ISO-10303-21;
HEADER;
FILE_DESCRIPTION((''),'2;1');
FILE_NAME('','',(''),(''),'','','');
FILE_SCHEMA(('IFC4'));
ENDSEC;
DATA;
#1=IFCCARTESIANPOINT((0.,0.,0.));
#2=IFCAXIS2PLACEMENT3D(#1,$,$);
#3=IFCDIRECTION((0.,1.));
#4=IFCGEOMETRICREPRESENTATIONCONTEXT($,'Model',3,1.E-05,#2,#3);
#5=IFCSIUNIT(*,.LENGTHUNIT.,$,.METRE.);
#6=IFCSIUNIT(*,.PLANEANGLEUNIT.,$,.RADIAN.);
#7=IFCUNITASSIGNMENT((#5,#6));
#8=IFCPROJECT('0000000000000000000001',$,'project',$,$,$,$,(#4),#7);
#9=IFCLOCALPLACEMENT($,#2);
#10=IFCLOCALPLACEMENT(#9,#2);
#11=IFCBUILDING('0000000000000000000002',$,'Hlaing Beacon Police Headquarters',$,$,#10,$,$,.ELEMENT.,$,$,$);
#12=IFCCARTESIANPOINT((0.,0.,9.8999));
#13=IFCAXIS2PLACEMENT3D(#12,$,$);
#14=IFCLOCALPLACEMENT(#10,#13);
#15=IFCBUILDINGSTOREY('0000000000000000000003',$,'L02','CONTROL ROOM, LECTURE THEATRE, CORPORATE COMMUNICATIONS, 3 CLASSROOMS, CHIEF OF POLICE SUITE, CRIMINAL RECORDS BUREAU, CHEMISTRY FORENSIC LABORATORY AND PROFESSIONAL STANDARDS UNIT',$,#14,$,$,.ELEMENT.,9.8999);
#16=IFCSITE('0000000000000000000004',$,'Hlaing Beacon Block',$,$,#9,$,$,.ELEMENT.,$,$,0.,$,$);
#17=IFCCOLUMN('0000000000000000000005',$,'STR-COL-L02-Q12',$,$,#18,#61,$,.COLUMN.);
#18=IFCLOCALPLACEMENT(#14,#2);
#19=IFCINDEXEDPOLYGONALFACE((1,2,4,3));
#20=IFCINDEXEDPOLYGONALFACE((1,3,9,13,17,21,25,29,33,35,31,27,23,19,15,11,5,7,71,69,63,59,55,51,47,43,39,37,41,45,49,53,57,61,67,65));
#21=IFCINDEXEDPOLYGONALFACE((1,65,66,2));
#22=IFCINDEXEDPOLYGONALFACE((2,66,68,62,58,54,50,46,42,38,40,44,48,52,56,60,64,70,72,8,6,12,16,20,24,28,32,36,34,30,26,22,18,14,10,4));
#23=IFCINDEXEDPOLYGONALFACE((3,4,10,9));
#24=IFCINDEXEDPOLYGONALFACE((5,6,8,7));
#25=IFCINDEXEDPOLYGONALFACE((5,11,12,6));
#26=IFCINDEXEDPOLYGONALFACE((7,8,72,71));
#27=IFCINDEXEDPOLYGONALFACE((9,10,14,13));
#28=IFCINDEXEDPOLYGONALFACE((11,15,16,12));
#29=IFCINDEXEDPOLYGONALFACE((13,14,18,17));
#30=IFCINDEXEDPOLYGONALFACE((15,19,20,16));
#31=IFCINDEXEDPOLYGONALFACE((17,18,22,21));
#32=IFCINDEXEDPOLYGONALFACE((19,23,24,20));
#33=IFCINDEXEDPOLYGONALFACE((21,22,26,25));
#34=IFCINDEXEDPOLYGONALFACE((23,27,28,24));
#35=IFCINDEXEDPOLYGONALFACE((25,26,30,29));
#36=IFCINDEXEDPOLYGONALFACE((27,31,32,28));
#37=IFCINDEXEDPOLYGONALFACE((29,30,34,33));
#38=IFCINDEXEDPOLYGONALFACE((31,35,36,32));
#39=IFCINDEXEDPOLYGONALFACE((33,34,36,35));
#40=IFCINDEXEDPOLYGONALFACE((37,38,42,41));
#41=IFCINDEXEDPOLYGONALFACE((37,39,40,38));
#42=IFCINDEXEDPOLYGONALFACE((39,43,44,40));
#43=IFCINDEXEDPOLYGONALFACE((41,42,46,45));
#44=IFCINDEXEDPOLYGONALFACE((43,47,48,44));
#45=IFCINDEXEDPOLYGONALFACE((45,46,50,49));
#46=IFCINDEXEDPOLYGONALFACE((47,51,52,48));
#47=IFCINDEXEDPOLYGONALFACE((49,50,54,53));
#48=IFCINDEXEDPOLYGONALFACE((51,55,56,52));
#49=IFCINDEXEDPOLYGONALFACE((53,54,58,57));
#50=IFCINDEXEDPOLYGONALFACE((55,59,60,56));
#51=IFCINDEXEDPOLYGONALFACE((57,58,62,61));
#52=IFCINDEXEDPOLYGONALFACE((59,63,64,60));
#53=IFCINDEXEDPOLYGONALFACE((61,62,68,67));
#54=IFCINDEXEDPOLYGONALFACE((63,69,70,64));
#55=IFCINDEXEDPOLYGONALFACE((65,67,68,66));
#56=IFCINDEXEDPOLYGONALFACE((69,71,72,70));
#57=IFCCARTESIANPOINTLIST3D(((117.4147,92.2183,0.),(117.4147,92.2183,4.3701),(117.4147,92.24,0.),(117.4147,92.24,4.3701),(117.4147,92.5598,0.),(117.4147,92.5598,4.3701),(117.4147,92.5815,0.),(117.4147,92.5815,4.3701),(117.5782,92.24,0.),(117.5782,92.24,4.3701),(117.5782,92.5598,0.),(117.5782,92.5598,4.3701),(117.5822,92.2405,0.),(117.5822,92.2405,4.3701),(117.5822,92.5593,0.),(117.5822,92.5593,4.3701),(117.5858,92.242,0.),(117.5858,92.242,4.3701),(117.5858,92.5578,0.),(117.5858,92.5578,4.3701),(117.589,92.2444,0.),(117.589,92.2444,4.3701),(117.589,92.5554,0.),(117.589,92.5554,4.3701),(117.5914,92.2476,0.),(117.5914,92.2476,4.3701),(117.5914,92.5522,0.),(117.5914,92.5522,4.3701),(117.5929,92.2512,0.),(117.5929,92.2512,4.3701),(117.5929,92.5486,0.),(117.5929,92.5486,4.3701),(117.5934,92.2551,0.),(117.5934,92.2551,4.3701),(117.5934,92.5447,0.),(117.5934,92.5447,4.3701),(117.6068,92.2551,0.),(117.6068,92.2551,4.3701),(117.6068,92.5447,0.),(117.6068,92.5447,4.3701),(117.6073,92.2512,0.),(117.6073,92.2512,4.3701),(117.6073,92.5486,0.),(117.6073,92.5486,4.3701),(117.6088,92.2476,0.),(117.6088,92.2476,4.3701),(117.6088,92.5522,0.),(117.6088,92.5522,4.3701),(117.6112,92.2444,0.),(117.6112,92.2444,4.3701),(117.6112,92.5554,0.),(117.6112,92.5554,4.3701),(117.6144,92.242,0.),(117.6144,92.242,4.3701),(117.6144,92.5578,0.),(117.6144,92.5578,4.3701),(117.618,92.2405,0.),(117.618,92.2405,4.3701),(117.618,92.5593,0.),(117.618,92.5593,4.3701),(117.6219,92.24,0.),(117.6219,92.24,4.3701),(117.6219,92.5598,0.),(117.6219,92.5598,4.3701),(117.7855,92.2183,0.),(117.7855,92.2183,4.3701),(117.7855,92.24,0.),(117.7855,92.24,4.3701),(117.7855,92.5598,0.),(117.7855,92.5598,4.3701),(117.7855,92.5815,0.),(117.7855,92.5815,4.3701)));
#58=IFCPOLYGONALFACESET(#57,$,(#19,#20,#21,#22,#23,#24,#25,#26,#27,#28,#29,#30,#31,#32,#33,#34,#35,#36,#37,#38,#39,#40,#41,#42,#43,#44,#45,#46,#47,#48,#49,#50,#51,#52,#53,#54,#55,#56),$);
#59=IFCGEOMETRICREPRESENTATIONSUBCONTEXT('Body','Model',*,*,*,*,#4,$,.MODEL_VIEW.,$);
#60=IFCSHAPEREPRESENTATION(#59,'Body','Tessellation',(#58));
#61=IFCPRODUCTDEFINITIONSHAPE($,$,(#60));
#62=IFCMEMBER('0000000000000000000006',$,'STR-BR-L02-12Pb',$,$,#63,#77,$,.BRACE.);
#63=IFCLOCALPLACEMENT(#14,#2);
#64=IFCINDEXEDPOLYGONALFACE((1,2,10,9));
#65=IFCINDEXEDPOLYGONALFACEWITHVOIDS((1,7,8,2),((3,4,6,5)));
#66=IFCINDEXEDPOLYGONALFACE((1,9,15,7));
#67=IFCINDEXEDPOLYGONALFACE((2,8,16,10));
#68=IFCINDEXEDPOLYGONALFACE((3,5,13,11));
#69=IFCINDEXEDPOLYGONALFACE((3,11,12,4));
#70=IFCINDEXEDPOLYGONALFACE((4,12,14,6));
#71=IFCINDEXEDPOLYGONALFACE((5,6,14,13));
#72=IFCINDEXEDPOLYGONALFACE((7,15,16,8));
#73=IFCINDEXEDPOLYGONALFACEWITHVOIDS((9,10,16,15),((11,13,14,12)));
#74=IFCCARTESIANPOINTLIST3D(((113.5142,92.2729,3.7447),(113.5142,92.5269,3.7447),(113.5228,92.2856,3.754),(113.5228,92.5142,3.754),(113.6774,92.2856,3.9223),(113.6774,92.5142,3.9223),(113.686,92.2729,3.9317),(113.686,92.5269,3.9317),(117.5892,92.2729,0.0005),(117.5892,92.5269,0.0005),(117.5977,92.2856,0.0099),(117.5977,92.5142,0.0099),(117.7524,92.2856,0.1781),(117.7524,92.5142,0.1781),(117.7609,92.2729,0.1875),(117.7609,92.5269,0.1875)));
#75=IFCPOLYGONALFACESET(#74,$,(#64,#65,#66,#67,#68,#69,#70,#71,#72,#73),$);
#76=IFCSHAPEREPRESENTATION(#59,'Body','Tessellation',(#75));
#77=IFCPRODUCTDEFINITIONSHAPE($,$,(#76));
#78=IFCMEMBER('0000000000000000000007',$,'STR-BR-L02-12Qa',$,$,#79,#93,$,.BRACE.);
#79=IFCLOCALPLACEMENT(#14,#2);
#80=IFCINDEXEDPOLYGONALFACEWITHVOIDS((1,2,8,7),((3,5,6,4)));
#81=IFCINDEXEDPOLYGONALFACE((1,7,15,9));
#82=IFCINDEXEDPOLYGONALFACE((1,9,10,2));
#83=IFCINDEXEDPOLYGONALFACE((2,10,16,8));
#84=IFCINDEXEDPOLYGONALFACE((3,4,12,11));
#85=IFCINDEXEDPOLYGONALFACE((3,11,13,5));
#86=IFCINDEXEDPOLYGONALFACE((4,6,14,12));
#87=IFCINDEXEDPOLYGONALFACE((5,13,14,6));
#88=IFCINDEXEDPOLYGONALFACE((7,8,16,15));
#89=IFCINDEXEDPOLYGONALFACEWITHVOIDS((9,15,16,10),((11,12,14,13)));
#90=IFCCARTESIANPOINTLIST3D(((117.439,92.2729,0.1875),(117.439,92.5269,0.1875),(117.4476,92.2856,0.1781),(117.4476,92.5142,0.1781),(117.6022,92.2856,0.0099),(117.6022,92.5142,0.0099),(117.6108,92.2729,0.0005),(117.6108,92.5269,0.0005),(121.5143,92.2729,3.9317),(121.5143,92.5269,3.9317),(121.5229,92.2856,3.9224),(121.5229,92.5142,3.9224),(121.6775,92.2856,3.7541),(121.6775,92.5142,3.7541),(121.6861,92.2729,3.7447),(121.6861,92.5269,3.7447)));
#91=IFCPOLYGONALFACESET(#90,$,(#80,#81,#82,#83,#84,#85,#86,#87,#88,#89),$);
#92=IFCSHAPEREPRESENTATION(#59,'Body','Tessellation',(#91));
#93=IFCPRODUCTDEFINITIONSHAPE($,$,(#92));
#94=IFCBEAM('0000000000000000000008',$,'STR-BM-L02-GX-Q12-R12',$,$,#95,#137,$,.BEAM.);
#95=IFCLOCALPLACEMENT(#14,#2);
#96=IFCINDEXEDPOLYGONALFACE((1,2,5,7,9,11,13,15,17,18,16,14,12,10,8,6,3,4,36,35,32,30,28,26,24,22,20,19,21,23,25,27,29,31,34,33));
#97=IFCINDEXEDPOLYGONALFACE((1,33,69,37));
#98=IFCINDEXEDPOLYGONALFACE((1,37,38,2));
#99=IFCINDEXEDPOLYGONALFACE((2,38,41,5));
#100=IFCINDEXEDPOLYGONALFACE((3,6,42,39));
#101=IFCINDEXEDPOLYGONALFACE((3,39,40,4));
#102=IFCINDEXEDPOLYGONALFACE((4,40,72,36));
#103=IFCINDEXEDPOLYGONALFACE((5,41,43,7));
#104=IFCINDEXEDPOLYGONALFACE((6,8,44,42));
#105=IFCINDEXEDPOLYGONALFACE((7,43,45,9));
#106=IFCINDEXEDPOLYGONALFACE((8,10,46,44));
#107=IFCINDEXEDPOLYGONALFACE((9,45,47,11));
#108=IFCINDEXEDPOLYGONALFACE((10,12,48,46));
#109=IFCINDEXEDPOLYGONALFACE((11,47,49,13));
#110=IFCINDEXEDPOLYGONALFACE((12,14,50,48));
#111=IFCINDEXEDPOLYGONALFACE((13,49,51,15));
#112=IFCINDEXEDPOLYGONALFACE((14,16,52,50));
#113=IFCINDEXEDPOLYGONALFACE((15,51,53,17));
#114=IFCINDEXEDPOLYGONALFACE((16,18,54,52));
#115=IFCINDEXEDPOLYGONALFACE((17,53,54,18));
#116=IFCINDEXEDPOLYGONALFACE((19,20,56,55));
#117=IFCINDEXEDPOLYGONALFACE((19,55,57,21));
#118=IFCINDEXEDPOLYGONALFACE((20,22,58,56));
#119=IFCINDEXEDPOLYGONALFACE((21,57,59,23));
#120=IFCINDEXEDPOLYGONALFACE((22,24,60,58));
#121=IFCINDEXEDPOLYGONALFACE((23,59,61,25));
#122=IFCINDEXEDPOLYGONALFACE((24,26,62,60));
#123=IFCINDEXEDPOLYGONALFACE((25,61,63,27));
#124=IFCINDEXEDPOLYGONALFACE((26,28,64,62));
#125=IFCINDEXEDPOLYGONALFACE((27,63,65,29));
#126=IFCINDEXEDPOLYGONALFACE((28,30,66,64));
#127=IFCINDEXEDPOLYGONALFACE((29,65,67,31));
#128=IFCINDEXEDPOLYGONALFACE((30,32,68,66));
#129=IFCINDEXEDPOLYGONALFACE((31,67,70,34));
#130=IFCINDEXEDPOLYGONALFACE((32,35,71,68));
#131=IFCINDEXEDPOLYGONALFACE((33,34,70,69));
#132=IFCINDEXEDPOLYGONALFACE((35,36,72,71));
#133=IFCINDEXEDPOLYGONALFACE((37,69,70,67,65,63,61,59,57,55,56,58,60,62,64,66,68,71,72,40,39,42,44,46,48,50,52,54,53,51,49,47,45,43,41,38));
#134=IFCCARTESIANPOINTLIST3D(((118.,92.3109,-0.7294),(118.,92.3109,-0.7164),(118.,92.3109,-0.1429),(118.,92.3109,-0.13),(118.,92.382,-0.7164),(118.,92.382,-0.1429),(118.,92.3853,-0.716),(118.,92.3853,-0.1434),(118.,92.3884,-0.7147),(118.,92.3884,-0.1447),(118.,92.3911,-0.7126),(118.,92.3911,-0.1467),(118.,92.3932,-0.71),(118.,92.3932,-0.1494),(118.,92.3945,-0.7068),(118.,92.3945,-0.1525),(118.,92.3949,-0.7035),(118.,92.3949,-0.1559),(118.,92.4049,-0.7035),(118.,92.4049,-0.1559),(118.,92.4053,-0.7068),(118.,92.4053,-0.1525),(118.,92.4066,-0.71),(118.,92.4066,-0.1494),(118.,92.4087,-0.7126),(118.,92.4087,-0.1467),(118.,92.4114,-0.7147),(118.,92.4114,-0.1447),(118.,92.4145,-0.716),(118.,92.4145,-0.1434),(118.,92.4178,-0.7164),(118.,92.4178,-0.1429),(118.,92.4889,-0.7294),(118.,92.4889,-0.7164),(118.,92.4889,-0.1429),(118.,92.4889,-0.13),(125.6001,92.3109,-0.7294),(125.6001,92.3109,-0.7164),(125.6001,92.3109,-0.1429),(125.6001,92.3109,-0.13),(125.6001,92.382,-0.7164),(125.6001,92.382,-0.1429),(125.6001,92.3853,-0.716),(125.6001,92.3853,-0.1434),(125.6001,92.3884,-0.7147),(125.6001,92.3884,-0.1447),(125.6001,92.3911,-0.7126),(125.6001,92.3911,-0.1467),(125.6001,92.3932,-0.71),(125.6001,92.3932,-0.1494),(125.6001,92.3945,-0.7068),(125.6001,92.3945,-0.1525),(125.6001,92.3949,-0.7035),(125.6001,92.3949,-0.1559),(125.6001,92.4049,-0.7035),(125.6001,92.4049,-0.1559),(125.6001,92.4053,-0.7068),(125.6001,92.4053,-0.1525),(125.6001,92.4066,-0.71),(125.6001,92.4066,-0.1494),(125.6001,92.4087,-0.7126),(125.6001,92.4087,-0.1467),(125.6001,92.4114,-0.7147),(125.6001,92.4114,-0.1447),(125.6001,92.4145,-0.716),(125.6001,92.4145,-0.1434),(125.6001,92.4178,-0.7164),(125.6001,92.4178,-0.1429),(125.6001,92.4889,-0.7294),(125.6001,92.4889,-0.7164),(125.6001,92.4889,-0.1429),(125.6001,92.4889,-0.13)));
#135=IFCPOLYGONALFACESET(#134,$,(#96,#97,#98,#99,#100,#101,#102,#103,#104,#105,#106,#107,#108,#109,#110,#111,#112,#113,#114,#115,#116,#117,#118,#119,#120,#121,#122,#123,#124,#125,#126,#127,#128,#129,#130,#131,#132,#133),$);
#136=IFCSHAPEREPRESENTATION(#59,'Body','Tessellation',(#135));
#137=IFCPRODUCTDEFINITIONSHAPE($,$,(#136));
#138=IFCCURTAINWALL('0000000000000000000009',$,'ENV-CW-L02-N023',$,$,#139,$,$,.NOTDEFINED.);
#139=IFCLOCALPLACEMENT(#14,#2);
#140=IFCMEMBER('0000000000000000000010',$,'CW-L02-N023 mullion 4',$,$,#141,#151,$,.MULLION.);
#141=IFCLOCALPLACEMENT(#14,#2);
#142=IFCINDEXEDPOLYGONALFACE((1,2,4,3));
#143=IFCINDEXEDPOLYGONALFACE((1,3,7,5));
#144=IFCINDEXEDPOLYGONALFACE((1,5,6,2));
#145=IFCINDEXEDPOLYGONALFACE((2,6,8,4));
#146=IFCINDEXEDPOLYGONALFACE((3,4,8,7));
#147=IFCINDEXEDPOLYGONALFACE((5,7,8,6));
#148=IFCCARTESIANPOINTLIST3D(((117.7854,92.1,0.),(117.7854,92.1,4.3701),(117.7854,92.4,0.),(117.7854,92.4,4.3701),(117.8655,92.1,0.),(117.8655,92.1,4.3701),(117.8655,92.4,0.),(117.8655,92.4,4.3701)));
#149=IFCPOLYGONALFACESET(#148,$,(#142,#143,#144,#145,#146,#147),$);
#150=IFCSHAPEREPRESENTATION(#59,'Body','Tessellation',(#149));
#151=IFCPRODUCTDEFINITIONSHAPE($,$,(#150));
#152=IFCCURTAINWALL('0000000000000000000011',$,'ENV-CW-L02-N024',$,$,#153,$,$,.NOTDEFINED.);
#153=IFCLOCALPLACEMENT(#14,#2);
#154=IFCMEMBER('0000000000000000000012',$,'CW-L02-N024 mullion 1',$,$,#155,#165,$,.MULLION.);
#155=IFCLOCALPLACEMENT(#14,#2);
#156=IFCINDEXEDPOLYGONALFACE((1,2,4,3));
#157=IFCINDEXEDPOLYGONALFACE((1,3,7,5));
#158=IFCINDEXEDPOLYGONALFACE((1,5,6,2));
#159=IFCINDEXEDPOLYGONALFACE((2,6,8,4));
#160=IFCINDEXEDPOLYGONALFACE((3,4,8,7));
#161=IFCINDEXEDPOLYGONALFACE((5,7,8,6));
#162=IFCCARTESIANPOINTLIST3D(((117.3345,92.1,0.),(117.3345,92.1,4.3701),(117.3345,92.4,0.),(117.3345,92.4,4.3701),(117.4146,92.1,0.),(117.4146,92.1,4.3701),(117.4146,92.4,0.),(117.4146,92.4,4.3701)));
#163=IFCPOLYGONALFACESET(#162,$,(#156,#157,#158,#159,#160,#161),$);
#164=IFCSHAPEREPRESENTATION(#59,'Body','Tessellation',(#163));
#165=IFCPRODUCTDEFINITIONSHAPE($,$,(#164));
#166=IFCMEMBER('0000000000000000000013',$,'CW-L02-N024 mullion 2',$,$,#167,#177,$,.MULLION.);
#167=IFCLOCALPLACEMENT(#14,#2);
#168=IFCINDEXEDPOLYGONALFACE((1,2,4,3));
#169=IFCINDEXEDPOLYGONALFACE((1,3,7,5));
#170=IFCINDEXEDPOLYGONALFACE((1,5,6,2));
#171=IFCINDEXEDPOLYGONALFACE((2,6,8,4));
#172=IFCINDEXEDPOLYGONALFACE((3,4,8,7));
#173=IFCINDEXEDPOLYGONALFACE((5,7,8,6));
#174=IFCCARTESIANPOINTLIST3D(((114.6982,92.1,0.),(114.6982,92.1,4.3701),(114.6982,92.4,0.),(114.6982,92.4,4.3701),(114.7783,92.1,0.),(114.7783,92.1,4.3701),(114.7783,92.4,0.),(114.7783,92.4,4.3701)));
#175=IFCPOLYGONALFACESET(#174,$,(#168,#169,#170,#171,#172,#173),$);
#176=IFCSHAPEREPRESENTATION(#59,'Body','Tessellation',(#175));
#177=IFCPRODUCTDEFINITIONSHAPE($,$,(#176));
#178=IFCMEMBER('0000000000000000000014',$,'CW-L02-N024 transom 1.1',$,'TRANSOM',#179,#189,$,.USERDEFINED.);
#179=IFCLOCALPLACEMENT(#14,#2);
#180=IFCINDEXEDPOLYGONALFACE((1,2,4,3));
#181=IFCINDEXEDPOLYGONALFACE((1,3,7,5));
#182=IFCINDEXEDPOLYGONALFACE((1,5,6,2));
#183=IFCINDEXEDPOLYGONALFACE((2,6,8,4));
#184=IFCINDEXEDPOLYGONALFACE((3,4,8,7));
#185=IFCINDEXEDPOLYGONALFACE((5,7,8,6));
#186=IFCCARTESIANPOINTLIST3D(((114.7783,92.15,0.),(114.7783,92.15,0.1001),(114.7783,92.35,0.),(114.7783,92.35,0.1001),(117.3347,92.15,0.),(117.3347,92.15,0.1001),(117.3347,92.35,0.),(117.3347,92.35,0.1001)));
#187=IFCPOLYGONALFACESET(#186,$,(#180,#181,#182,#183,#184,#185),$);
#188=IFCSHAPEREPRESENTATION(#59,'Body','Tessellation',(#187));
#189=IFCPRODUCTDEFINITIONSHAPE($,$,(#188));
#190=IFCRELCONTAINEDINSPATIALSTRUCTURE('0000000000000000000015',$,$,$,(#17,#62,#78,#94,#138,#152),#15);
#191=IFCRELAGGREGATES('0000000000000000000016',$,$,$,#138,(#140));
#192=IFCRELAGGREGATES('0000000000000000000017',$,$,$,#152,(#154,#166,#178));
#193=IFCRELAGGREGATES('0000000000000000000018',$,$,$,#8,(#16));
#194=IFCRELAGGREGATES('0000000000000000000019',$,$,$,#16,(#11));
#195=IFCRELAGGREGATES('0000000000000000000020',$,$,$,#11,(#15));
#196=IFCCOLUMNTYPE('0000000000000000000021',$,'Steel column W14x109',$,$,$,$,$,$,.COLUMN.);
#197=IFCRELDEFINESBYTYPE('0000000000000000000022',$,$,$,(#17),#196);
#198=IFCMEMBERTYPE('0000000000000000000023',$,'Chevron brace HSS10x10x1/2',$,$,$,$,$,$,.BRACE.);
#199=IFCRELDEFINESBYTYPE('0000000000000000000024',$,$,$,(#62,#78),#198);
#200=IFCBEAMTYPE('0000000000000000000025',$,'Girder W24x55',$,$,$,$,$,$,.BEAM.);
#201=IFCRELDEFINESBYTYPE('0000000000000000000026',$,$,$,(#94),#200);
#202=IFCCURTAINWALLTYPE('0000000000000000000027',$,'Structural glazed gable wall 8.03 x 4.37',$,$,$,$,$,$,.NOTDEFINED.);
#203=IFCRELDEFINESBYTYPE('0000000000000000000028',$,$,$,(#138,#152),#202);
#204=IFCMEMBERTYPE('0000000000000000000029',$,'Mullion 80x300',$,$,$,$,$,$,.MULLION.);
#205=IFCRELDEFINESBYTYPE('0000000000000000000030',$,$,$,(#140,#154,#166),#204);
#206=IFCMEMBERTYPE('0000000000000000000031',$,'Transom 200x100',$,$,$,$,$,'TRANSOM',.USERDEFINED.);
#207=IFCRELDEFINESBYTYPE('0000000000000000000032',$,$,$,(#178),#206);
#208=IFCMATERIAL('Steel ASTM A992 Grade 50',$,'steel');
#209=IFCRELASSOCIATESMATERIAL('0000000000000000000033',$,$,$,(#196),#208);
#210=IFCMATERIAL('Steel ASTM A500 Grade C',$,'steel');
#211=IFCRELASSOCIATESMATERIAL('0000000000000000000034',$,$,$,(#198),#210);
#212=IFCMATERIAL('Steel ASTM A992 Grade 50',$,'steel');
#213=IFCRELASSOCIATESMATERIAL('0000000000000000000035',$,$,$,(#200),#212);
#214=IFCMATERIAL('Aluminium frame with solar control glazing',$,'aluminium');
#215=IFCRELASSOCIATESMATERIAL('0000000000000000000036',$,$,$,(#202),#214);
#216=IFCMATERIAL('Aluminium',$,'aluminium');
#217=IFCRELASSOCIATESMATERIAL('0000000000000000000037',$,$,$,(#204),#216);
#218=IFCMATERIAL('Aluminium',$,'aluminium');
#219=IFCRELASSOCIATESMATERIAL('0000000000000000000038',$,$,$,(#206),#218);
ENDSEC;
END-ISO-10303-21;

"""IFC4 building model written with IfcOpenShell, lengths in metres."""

from ifc_helpers import new_model, si_unit, direction, frame, origin, origin_2d, place, context, subcontext, project, spatial, rectangle, hollow_rectangle, i_section, extrude, material, material_profile, profile_set, type_object, element, aggregate, save


model = new_model("IFC4")

# Units and contexts
model_context = context("Model", 3, precision=1e-05, world=origin(), true_north=direction((0.0, 1.0)))
body_context = subcontext(model_context, "Body", "Model", "MODEL_VIEW")
ifc_project = project(units=[si_unit("LENGTHUNIT", "METRE"), si_unit("PLANEANGLEUNIT", "RADIAN")], contexts=[model_context])

# Site, building, storey
site_placement = place(None, origin())
site = spatial("IfcSite", under=ifc_project, at=site_placement, Name="Hlaing Beacon Block", CompositionType="ELEMENT", RefElevation=0.0)
building_placement = place(site_placement, origin())
building = spatial("IfcBuilding", under=site, at=building_placement, Name="Hlaing Beacon Police Headquarters", CompositionType="ELEMENT")
storey_placement = place(building_placement, frame((0.0, 0.0, 9.8999)))
storey = spatial("IfcBuildingStorey", under=building, at=storey_placement, Name="L02", Description="CONTROL ROOM, LECTURE THEATRE, CORPORATE COMMUNICATIONS, 3 CLASSROOMS, CHIEF OF POLICE SUITE, CRIMINAL RECORDS BUREAU, CHEMISTRY FORENSIC LABORATORY AND PROFESSIONAL STANDARDS UNIT", CompositionType="ELEMENT", Elevation=9.8999)

# Column
ifc_material_1 = material(Name="Steel ASTM A992 Grade 50", Category="steel")
ifc_material_profile_1 = material_profile(ifc_material_1, i_section(OverallWidth=0.3708, OverallDepth=0.3633, WebThickness=0.0134, FlangeThickness=0.0217, FilletRadius=0.0151, at=origin_2d()), Name="W14x109")
ifc_profile_set_1 = profile_set([ifc_material_profile_1], Name="Steel ASTM A992 Grade 50")
column_type = type_object("IfcColumnType", Name="Steel column W14x109", PredefinedType="COLUMN", material=ifc_profile_set_1)
column_placement = place(storey_placement, frame((117.6001, 92.3999, 0.0), z_axis=(0.0, 0.0, 1.0), x_axis=(1.0, 0.0, 0.0)))
element("IfcColumn", 1, at=column_placement, inside=storey, type_object=column_type, Name="STR-COL-L02-Q12", PredefinedType="COLUMN", context=body_context, shape_type="SweptSolid", body=[
    extrude(i_section(OverallWidth=0.3708, OverallDepth=0.3633, WebThickness=0.0134, FlangeThickness=0.0217, FilletRadius=0.0151, at=origin_2d()), origin(), (0.0, 0.0, 1.0), 4.3701),
])

# Members
ifc_material_2 = material(Name="Steel ASTM A500 Grade C", Category="steel")
ifc_material_profile_2 = material_profile(ifc_material_2, hollow_rectangle(XDim=0.2539, YDim=0.2539, WallThickness=0.0127, at=origin_2d()), Name="HSS10x10x1/2")
ifc_profile_set_2 = profile_set([ifc_material_profile_2], Name="Steel ASTM A500 Grade C")
member_type_1 = type_object("IfcMemberType", Name="Chevron brace HSS10x10x1/2", PredefinedType="BRACE", material=ifc_profile_set_2)
member_1_placement = place(storey_placement, frame((117.675, 92.3999, 0.094), z_axis=(-0.736364, 0.0, 0.676585), x_axis=(0.0, -1.0, 0.0)))
element("IfcMember", 2, at=member_1_placement, inside=storey, type_object=member_type_1, Name="STR-BR-L02-12Pb", PredefinedType="BRACE", context=body_context, shape_type="SweptSolid", body=[
    extrude(hollow_rectangle(XDim=0.2539, YDim=0.2539, WallThickness=0.0127, at=origin_2d()), origin(), (0.0, 0.0, 1.0), 5.5339),
])
member_2_placement = place(storey_placement, frame((117.5249, 92.3999, 0.094), z_axis=(0.736385, 0.0, 0.676563), x_axis=(0.0, 1.0, 0.0)))
element("IfcMember", 3, at=member_2_placement, inside=storey, type_object=member_type_1, Name="STR-BR-L02-12Qa", PredefinedType="BRACE", context=body_context, shape_type="SweptSolid", body=[
    extrude(hollow_rectangle(XDim=0.2539, YDim=0.2539, WallThickness=0.0127, at=origin_2d()), origin(), (0.0, 0.0, 1.0), 5.5342),
])

# Beam
ifc_material_3 = material(Name="Steel ASTM A992 Grade 50", Category="steel")
ifc_material_profile_3 = material_profile(ifc_material_3, i_section(OverallWidth=0.178, OverallDepth=0.5994, WebThickness=0.01, FlangeThickness=0.0129, FilletRadius=0.0129, at=origin_2d()), Name="W24x55")
ifc_profile_set_3 = profile_set([ifc_material_profile_3], Name="Steel ASTM A992 Grade 50")
beam_type = type_object("IfcBeamType", Name="Girder W24x55", PredefinedType="BEAM", material=ifc_profile_set_3)
beam_placement = place(storey_placement, frame((118.0, 92.3999, -0.4297), z_axis=(1.0, 0.0, 0.0), x_axis=(0.0, 1.0, 0.0)))
element("IfcBeam", 4, at=beam_placement, inside=storey, type_object=beam_type, Name="STR-BM-L02-GX-Q12-R12", PredefinedType="BEAM", context=body_context, shape_type="SweptSolid", body=[
    extrude(i_section(OverallWidth=0.178, OverallDepth=0.5994, WebThickness=0.01, FlangeThickness=0.0129, FilletRadius=0.0129, at=origin_2d()), origin(), (0.0, 0.0, 1.0), 7.6001),
])

# Curtain wall, member
ifc_material_4 = material(Name="Aluminium frame with solar control glazing", Category="aluminium")
curtain_wall_type = type_object("IfcCurtainWallType", Name="Structural glazed gable wall 8.03 x 4.37", PredefinedType="NOTDEFINED", material=ifc_material_4)
curtain_wall_1_placement = place(storey_placement, origin())
curtain_wall_1 = element("IfcCurtainWall", 5, at=curtain_wall_1_placement, inside=storey, type_object=curtain_wall_type, Name="ENV-CW-L02-N023", PredefinedType="NOTDEFINED")
ifc_material_5 = material(Name="Aluminium", Category="aluminium")
ifc_material_profile_4 = material_profile(ifc_material_5, rectangle(XDim=0.3, YDim=0.0801, at=origin_2d()), Name="Mullion 80x300")
ifc_profile_set_4 = profile_set([ifc_material_profile_4], Name="Aluminium")
member_type_2 = type_object("IfcMemberType", Name="Mullion 80x300", PredefinedType="MULLION", material=ifc_profile_set_4)
member_3_placement = place(storey_placement, frame((117.8254, 92.25, 0.0), z_axis=(0.0, 0.0, 1.0), x_axis=(0.0, -1.0, 0.0)))
member_3 = element("IfcMember", 6, at=member_3_placement, type_object=member_type_2, Name="CW-L02-N023 mullion 4", PredefinedType="MULLION", context=body_context, shape_type="SweptSolid", body=[
    extrude(rectangle(XDim=0.3, YDim=0.0801, at=origin_2d()), origin(), (0.0, 0.0, 1.0), 4.3701),
])
aggregate(curtain_wall_1, [member_3])

# Curtain wall, members
curtain_wall_2_placement = place(storey_placement, origin())
curtain_wall_2 = element("IfcCurtainWall", 7, at=curtain_wall_2_placement, inside=storey, type_object=curtain_wall_type, Name="ENV-CW-L02-N024", PredefinedType="NOTDEFINED")
member_4_placement = place(storey_placement, frame((117.3745, 92.25, 0.0), z_axis=(0.0, 0.0, 1.0), x_axis=(0.0, -1.0, 0.0)))
member_4 = element("IfcMember", 8, at=member_4_placement, type_object=member_type_2, Name="CW-L02-N024 mullion 1", PredefinedType="MULLION", context=body_context, shape_type="SweptSolid", body=[
    extrude(rectangle(XDim=0.3, YDim=0.0801, at=origin_2d()), origin(), (0.0, 0.0, 1.0), 4.3701),
])
member_5_placement = place(storey_placement, frame((114.7383, 92.25, 0.0), z_axis=(0.0, 0.0, 1.0), x_axis=(0.0, -1.0, 0.0)))
member_5 = element("IfcMember", 9, at=member_5_placement, type_object=member_type_2, Name="CW-L02-N024 mullion 2", PredefinedType="MULLION", context=body_context, shape_type="SweptSolid", body=[
    extrude(rectangle(XDim=0.3, YDim=0.0801, at=origin_2d()), origin(), (0.0, 0.0, 1.0), 4.3701),
])
ifc_material_6 = material(Name="Aluminium", Category="aluminium")
ifc_material_profile_5 = material_profile(ifc_material_6, rectangle(XDim=0.2, YDim=0.1001, at=origin_2d()), Name="Transom 200x100")
ifc_profile_set_5 = profile_set([ifc_material_profile_5], Name="Aluminium")
member_type_3 = type_object("IfcMemberType", Name="Transom 200x100", ElementType="TRANSOM", PredefinedType="USERDEFINED", material=ifc_profile_set_5)
member_6_placement = place(storey_placement, frame((117.3347, 92.25, 0.05), z_axis=(-1.0, 0.0, 0.0), x_axis=(0.0, -1.0, 0.0)))
member_6 = element("IfcMember", 10, at=member_6_placement, type_object=member_type_3, Name="CW-L02-N024 transom 1.1", ObjectType="TRANSOM", PredefinedType="USERDEFINED", context=body_context, shape_type="SweptSolid", body=[
    extrude(rectangle(XDim=0.2, YDim=0.1001, at=origin_2d()), origin(), (0.0, 0.0, 1.0), 2.5564),
])
aggregate(curtain_wall_2, [member_4, member_5, member_6])

save(model, "model.ifc")
